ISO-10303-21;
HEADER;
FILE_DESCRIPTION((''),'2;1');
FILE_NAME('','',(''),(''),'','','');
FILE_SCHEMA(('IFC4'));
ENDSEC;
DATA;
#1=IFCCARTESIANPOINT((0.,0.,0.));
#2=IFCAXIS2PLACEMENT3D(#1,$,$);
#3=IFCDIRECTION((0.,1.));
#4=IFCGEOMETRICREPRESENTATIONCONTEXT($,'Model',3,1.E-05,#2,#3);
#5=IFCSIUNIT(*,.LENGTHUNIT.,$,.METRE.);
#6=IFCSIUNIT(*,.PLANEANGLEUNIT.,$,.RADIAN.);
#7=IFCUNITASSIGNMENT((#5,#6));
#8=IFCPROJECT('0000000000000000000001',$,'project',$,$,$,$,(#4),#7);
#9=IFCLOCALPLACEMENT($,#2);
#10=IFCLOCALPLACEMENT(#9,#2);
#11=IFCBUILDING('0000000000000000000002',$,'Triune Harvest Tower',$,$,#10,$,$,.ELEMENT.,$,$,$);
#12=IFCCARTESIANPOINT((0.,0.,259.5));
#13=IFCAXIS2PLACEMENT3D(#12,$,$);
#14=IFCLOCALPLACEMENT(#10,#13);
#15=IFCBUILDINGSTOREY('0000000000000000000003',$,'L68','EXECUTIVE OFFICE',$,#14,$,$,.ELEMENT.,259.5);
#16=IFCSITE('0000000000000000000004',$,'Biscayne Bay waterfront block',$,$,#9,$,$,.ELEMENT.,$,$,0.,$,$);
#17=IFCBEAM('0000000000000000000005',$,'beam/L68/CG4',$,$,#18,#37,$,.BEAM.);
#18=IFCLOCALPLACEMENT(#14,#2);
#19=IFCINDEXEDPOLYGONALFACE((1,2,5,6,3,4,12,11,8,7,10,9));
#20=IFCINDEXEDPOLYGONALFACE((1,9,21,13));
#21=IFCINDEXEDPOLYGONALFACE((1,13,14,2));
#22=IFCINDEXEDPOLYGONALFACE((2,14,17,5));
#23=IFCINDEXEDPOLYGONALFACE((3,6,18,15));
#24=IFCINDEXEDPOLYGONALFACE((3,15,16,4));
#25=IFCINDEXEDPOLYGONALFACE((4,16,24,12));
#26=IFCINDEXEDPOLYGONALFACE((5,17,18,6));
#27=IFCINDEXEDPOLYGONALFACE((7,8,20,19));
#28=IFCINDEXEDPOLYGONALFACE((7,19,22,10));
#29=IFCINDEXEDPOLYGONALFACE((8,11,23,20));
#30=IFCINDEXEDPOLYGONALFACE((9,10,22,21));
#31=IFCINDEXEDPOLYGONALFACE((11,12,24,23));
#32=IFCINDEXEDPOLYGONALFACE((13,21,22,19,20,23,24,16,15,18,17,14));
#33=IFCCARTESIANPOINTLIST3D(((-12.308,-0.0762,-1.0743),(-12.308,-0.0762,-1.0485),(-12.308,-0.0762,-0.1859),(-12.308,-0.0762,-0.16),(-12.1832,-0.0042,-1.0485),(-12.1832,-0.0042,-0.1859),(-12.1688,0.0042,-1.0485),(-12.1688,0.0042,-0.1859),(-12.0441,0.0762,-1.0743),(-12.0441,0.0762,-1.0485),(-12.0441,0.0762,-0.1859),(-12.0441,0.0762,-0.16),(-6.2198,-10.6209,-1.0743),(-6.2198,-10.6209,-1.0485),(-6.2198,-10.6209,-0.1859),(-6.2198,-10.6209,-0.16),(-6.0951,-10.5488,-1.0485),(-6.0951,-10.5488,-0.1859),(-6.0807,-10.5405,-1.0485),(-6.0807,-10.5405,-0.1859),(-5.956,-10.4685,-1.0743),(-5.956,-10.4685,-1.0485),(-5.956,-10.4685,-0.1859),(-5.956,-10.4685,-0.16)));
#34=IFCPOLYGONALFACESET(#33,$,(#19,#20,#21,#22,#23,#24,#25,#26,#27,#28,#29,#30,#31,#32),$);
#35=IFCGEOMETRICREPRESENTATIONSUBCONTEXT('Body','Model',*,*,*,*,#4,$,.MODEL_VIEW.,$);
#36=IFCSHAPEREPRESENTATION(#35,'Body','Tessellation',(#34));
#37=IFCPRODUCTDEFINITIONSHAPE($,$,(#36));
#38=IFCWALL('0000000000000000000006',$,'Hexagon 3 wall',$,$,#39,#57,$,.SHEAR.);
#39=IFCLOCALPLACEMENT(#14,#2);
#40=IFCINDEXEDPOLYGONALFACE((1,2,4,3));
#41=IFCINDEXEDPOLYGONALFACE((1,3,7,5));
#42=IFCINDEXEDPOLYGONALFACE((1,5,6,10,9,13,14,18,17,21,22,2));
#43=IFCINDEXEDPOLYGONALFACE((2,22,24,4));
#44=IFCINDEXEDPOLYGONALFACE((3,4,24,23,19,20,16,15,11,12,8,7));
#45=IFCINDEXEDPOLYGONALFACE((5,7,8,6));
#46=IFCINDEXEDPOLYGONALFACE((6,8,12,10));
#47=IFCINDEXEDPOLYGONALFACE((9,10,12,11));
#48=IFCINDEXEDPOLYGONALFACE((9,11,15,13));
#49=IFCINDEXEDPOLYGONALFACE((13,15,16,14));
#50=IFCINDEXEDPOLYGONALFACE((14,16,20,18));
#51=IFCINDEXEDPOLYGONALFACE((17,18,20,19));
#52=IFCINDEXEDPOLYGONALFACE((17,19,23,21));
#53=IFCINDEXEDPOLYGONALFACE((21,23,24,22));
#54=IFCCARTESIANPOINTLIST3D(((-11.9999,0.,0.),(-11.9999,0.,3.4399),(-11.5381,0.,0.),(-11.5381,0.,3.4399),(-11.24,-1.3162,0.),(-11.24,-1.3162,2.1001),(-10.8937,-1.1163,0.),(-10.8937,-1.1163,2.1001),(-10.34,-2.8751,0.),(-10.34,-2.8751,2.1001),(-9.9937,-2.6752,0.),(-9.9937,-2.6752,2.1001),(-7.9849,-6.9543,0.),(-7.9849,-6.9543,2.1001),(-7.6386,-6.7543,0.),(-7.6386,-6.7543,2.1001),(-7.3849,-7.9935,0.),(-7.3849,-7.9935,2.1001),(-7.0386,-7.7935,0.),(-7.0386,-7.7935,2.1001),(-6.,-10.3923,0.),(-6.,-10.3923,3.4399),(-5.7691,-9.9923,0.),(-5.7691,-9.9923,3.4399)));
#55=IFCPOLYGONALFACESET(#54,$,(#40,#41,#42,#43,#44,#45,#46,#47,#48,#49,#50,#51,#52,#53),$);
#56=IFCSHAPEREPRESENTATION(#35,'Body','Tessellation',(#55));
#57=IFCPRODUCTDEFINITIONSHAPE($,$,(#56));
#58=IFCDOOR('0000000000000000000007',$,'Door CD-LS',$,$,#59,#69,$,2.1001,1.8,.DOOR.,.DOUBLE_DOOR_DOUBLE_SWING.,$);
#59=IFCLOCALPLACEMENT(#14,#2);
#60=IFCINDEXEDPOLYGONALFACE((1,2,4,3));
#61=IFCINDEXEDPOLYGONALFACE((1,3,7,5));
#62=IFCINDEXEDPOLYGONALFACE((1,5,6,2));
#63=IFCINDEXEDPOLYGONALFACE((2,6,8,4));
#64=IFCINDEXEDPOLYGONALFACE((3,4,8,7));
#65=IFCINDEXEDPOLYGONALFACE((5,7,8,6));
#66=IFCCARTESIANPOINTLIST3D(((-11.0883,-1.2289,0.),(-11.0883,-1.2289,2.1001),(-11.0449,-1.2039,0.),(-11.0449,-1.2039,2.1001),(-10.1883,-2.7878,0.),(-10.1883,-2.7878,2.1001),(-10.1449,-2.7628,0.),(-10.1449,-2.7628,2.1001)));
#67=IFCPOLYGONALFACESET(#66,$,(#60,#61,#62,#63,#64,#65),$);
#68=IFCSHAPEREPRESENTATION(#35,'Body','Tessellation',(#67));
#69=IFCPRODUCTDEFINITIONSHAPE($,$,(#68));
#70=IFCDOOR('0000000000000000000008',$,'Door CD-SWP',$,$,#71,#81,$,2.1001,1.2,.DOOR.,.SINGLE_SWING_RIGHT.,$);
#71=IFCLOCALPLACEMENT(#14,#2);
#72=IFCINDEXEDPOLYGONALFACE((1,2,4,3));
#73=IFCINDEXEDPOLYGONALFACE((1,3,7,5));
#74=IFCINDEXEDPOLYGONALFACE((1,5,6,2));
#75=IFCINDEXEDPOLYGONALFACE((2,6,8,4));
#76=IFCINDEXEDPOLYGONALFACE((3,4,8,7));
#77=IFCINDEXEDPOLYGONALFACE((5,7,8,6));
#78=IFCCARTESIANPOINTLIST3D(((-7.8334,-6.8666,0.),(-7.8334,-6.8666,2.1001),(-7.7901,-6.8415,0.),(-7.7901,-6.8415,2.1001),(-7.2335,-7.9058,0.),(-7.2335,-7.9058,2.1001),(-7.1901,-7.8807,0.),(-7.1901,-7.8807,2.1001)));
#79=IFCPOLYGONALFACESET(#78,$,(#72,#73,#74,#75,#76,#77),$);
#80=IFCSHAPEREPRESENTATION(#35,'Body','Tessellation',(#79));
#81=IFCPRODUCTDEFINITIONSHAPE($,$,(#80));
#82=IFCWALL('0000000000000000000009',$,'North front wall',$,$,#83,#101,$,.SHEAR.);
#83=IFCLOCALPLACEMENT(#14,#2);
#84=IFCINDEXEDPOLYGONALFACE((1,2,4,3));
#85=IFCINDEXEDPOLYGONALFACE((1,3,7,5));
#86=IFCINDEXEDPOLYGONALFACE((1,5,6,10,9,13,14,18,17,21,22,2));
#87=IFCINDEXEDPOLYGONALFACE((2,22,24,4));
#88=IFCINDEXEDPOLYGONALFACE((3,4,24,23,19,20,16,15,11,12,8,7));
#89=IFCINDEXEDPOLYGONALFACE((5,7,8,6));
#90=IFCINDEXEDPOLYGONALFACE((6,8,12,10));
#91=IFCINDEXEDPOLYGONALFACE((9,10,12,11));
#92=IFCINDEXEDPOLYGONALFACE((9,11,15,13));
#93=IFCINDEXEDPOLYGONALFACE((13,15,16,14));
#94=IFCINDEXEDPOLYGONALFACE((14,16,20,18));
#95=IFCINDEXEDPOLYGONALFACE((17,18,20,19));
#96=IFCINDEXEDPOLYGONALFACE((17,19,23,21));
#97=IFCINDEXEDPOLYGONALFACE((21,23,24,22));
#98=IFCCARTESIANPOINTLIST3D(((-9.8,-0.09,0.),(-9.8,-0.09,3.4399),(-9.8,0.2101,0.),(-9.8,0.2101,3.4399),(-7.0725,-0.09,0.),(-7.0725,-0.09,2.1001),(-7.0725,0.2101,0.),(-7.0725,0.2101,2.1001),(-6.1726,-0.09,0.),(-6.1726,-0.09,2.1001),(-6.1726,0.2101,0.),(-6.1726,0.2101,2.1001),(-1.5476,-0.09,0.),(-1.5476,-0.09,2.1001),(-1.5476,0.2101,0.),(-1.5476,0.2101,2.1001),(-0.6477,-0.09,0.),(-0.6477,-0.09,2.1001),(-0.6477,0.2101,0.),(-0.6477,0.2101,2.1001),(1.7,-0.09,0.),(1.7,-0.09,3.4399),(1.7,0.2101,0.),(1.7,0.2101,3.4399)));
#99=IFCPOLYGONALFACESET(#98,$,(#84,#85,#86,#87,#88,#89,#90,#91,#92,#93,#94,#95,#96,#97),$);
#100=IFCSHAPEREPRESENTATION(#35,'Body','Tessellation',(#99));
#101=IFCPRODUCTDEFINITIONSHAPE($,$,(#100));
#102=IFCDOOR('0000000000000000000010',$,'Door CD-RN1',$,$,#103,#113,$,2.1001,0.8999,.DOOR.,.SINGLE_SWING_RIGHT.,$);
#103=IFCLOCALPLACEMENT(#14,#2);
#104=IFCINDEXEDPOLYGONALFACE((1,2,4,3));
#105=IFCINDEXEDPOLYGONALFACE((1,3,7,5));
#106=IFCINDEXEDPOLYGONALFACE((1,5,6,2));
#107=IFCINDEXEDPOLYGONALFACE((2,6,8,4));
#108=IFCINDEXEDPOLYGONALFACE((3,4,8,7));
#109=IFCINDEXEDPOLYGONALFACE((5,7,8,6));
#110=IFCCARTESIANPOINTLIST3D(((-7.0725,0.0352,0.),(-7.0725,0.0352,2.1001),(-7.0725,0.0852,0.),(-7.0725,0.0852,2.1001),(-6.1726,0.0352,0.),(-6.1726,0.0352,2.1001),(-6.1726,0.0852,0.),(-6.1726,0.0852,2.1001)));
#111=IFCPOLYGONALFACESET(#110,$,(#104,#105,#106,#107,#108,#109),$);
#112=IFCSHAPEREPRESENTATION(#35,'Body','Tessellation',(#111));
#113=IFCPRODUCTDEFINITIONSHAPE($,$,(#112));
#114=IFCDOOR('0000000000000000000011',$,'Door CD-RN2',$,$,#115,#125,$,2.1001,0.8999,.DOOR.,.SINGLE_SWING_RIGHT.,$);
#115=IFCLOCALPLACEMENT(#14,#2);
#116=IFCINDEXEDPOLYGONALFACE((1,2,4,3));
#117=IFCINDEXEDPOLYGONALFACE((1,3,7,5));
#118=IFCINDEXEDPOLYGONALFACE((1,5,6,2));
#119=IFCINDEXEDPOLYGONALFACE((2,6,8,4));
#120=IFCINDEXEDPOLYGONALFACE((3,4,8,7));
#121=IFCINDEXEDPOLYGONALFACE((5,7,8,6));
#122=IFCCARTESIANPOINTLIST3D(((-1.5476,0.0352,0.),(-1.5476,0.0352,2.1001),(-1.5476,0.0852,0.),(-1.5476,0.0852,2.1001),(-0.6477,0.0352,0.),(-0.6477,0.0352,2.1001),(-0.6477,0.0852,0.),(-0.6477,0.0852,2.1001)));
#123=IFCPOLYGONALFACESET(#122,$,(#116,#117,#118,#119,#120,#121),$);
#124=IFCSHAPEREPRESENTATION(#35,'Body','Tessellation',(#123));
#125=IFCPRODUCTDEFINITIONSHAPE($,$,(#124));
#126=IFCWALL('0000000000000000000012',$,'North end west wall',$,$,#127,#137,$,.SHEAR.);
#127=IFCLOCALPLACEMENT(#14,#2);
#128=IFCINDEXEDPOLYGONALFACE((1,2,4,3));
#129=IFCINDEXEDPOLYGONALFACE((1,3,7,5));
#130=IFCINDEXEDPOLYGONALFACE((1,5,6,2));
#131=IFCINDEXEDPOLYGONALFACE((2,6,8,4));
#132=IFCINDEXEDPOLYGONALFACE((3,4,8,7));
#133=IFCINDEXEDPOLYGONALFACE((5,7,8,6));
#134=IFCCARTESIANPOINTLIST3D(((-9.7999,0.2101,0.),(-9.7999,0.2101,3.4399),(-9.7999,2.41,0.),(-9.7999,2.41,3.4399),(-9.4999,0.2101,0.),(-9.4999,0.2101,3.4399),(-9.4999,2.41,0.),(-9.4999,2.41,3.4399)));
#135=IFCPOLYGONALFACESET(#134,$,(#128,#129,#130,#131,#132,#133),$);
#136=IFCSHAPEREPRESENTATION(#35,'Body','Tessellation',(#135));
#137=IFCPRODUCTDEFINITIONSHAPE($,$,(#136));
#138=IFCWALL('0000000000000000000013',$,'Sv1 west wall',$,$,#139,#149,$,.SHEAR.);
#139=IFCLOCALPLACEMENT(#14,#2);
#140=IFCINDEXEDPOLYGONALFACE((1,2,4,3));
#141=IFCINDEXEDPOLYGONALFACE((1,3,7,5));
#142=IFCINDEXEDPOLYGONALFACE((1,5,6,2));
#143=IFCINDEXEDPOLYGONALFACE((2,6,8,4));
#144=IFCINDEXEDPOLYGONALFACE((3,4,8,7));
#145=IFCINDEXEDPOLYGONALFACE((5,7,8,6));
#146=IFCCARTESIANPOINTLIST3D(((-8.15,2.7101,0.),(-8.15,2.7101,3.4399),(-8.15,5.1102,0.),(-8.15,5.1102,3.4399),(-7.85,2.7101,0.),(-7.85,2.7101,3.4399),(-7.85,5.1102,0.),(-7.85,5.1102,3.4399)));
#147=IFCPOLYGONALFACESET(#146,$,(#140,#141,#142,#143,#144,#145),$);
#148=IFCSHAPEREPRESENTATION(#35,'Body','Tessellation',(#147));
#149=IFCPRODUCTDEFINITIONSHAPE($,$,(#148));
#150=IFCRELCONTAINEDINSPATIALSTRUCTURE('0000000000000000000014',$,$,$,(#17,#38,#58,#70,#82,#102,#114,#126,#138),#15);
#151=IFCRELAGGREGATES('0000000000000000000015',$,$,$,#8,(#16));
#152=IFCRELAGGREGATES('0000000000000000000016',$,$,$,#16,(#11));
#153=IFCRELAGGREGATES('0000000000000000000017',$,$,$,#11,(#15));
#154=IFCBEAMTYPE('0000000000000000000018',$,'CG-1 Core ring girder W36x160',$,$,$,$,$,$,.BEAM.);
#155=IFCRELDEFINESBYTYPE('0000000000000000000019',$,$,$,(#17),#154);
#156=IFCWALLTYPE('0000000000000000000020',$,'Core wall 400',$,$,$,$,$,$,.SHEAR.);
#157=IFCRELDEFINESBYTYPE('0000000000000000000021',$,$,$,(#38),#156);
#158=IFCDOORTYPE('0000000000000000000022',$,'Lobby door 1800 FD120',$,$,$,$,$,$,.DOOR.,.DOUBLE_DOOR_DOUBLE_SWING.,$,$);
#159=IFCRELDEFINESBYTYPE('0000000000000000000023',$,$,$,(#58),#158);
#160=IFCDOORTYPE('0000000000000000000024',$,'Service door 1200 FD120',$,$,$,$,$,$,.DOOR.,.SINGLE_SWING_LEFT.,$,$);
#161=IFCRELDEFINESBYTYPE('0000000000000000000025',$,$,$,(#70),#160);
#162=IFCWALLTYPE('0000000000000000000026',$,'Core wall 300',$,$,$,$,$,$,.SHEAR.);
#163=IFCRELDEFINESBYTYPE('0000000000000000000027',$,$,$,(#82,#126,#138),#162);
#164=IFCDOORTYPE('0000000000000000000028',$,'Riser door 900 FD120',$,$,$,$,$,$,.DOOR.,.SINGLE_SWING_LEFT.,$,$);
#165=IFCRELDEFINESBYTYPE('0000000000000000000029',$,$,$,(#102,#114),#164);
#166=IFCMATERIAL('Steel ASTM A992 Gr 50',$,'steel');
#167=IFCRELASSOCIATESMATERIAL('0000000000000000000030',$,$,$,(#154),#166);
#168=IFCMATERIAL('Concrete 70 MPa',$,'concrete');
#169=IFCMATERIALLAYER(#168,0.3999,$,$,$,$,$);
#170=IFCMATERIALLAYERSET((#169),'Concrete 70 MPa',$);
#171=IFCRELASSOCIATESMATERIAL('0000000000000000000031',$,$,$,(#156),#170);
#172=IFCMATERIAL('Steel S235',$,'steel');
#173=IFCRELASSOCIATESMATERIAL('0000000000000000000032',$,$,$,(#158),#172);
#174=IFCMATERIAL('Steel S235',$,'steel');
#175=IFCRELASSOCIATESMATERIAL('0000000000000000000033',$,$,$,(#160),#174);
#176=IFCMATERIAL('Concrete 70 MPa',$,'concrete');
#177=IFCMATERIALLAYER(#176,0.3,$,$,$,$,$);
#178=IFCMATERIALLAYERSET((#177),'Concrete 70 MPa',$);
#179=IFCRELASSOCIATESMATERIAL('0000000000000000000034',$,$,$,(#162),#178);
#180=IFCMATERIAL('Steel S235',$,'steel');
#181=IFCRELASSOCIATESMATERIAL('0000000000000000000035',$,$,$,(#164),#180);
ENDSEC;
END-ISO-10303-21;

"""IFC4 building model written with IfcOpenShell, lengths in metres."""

from ifc_helpers import new_model, si_unit, direction, frame, frame_2d, origin, origin_2d, place, context, subcontext, project, spatial, polyline, rectangle, i_section, outline, extrude, source, transform, mapped, material, layer, layer_set, material_profile, profile_set, type_object, element, fill, save


model = new_model("IFC4")

# Units and contexts
model_context = context("Model", 3, precision=1e-05, world=origin(), true_north=direction((0.0, 1.0)))
body_context = subcontext(model_context, "Body", "Model", "MODEL_VIEW")
ifc_project = project(units=[si_unit("LENGTHUNIT", "METRE"), si_unit("PLANEANGLEUNIT", "RADIAN")], contexts=[model_context])

# Site, building, storey
site_placement = place(None, origin())
site = spatial("IfcSite", under=ifc_project, at=site_placement, Name="Biscayne Bay waterfront block", CompositionType="ELEMENT", RefElevation=0.0)
building_placement = place(site_placement, origin())
building = spatial("IfcBuilding", under=site, at=building_placement, Name="Triune Harvest Tower", CompositionType="ELEMENT")
storey_placement = place(building_placement, frame((0.0, 0.0, 259.5)))
storey = spatial("IfcBuildingStorey", under=building, at=storey_placement, Name="L68", Description="EXECUTIVE OFFICE", CompositionType="ELEMENT", Elevation=259.5)

# Beam
ifc_material_1 = material(Name="Steel ASTM A992 Gr 50", Category="steel")
ifc_material_profile = material_profile(ifc_material_1, i_section(OverallWidth=0.3047, OverallDepth=0.9143, WebThickness=0.0166, FlangeThickness=0.0259, at=origin_2d()), Name="W36x160")
ifc_profile_set = profile_set([ifc_material_profile], Name="Steel ASTM A992 Gr 50")
beam_type = type_object("IfcBeamType", Name="CG-1 Core ring girder W36x160", PredefinedType="BEAM", material=ifc_profile_set)
shared_shape_1 = source(origin(), body_context, "Body", "SweptSolid", [
    extrude(i_section(OverallWidth=0.3047, OverallDepth=0.9143, WebThickness=0.0166, FlangeThickness=0.0259, at=origin_2d()), origin(), (0.0, 0.0, 1.0), 12.176),
])
beam_placement = place(storey_placement, frame((-12.176, 0.0, -0.6172), z_axis=(0.50001, -0.86602, 0.0), x_axis=(0.86602, 0.50001, 0.0)))
element("IfcBeam", 1, at=beam_placement, inside=storey, type_object=beam_type, Name="beam/L68/CG4", PredefinedType="BEAM", context=body_context, shape_type="MappedRepresentation", body=[
    mapped(shared_shape_1, transform((0.0, 0.0, 0.0), scale=1.0)),
])

# Walls, openings, doors
ifc_material_2 = material(Name="Concrete 70 MPa", Category="concrete")
ifc_layer_1 = layer(ifc_material_2, 0.3999)
ifc_layer_set_1 = layer_set([ifc_layer_1], Name="Concrete 70 MPa")
wall_type_1 = type_object("IfcWallType", Name="Core wall 400", PredefinedType="SHEAR", material=ifc_layer_set_1)
shared_shape_2 = source(origin(), body_context, "Body", "SweptSolid", [
    extrude(outline(polyline([(-0.1155, -0.2), (11.8845, -0.2), (11.6536, 0.2), (0.1155, 0.2), (-0.1155, -0.2)])), origin(), (0.0, 0.0, 1.0), 3.4399),
])
wall_1_placement = place(storey_placement, frame((-11.769, 0.0, 0.0), z_axis=(0.0, 0.0, 1.0), x_axis=(0.499997, -0.866027, 0.0)))
wall_1 = element("IfcWall", 2, at=wall_1_placement, inside=storey, type_object=wall_type_1, Name="Hexagon 3 wall", PredefinedType="SHEAR", context=body_context, shape_type="MappedRepresentation", body=[
    mapped(shared_shape_2, transform((0.0, 0.0, 0.0), scale=1.0)),
])
opening_1_placement = place(wall_1_placement, frame((1.4045, 0.0, 0.0)))
opening_1 = element("IfcOpeningElement", 3, at=opening_1_placement, cuts=wall_1, PredefinedType="OPENING", context=body_context, shape_type="SweptSolid", body=[
    extrude(rectangle(XDim=1.8, YDim=2.1001, at=frame_2d((0.8999, 1.05))), frame((0.0, 0.21, 0.0), z_axis=(0.0, -1.0, 0.0), x_axis=(1.0, 0.0, 0.0)), (0.0, 0.0, 1.0), 0.4199),
])
opening_2_placement = place(wall_1_placement, frame((7.9146, 0.0, 0.0)))
opening_2 = element("IfcOpeningElement", 4, at=opening_2_placement, cuts=wall_1, PredefinedType="OPENING", context=body_context, shape_type="SweptSolid", body=[
    extrude(rectangle(XDim=1.2, YDim=2.1001, at=frame_2d((0.6001, 1.05))), frame((0.0, 0.21, 0.0), z_axis=(0.0, -1.0, 0.0), x_axis=(1.0, 0.0, 0.0)), (0.0, 0.0, 1.0), 0.4199),
])
ifc_material_3 = material(Name="Steel S235", Category="steel")
door_type_1 = type_object("IfcDoorType", Name="Lobby door 1800 FD120", OperationType="DOUBLE_DOOR_DOUBLE_SWING", PredefinedType="DOOR", material=ifc_material_3)
door_1_placement = place(opening_1_placement, frame((1.8, 0.0, 0.0), z_axis=(0.0, 0.0, 1.0), x_axis=(-1.0, 0.0, 0.0)))
door_1 = element("IfcDoor", 5, at=door_1_placement, inside=storey, type_object=door_type_1, Name="Door CD-LS", OperationType="DOUBLE_DOOR_DOUBLE_SWING", OverallHeight=2.1001, OverallWidth=1.8, PredefinedType="DOOR", context=body_context, shape_type="SweptSolid", body=[
    extrude(rectangle(XDim=1.8, YDim=2.1001, at=frame_2d((0.8999, 1.05))), frame((0.0, 0.0249, 0.0), z_axis=(0.0, -1.0, 0.0), x_axis=(1.0, 0.0, 0.0)), (0.0, 0.0, 1.0), 0.05),
])
fill(opening_1, door_1)
ifc_material_4 = material(Name="Steel S235", Category="steel")
door_type_2 = type_object("IfcDoorType", Name="Service door 1200 FD120", OperationType="SINGLE_SWING_LEFT", PredefinedType="DOOR", material=ifc_material_4)
door_2_placement = place(opening_2_placement, frame((1.2, 0.0, 0.0), z_axis=(0.0, 0.0, 1.0), x_axis=(-1.0, 0.0, 0.0)))
door_2 = element("IfcDoor", 6, at=door_2_placement, inside=storey, type_object=door_type_2, Name="Door CD-SWP", OperationType="SINGLE_SWING_RIGHT", OverallHeight=2.1001, OverallWidth=1.2, PredefinedType="DOOR", context=body_context, shape_type="SweptSolid", body=[
    extrude(rectangle(XDim=1.2, YDim=2.1001, at=frame_2d((0.6001, 1.05))), frame((0.0, 0.0249, 0.0), z_axis=(0.0, -1.0, 0.0), x_axis=(1.0, 0.0, 0.0)), (0.0, 0.0, 1.0), 0.05),
])
fill(opening_2, door_2)
ifc_material_5 = material(Name="Concrete 70 MPa", Category="concrete")
ifc_layer_2 = layer(ifc_material_5, 0.3)
ifc_layer_set_2 = layer_set([ifc_layer_2], Name="Concrete 70 MPa")
wall_type_2 = type_object("IfcWallType", Name="Core wall 300", PredefinedType="SHEAR", material=ifc_layer_set_2)
shared_shape_3 = source(origin(), body_context, "Body", "SweptSolid", [
    extrude(rectangle(XDim=11.5, YDim=0.3, at=frame_2d((5.75, 0.0))), origin(), (0.0, 0.0, 1.0), 3.4399),
])
wall_2_placement = place(storey_placement, frame((-9.8, 0.0601, 0.0), z_axis=(0.0, 0.0, 1.0), x_axis=(1.0, 0.0, 0.0)))
wall_2 = element("IfcWall", 7, at=wall_2_placement, inside=storey, type_object=wall_type_2, Name="North front wall", PredefinedType="SHEAR", context=body_context, shape_type="MappedRepresentation", body=[
    mapped(shared_shape_3, transform((0.0, 0.0, 0.0), scale=1.0)),
])
opening_3_placement = place(wall_2_placement, frame((2.7275, 0.0, 0.0)))
opening_3 = element("IfcOpeningElement", 8, at=opening_3_placement, cuts=wall_2, PredefinedType="OPENING", context=body_context, shape_type="SweptSolid", body=[
    extrude(rectangle(XDim=0.8999, YDim=2.1001, at=frame_2d((0.45, 1.05))), frame((0.0, 0.1602, 0.0), z_axis=(0.0, -1.0, 0.0), x_axis=(1.0, 0.0, 0.0)), (0.0, 0.0, 1.0), 0.3201),
])
opening_4_placement = place(wall_2_placement, frame((8.2524, 0.0, 0.0)))
opening_4 = element("IfcOpeningElement", 9, at=opening_4_placement, cuts=wall_2, PredefinedType="OPENING", context=body_context, shape_type="SweptSolid", body=[
    extrude(rectangle(XDim=0.8999, YDim=2.1001, at=frame_2d((0.45, 1.05))), frame((0.0, 0.1602, 0.0), z_axis=(0.0, -1.0, 0.0), x_axis=(1.0, 0.0, 0.0)), (0.0, 0.0, 1.0), 0.3201),
])
ifc_material_6 = material(Name="Steel S235", Category="steel")
door_type_3 = type_object("IfcDoorType", Name="Riser door 900 FD120", OperationType="SINGLE_SWING_LEFT", PredefinedType="DOOR", material=ifc_material_6)
door_3_placement = place(opening_3_placement, frame((0.8999, 0.0, 0.0), z_axis=(0.0, 0.0, 1.0), x_axis=(-1.0, 0.0, 0.0)))
door_3 = element("IfcDoor", 10, at=door_3_placement, inside=storey, type_object=door_type_3, Name="Door CD-RN1", OperationType="SINGLE_SWING_RIGHT", OverallHeight=2.1001, OverallWidth=0.8999, PredefinedType="DOOR", context=body_context, shape_type="SweptSolid", body=[
    extrude(rectangle(XDim=0.8999, YDim=2.1001, at=frame_2d((0.45, 1.05))), frame((0.0, 0.0249, 0.0), z_axis=(0.0, -1.0, 0.0), x_axis=(1.0, 0.0, 0.0)), (0.0, 0.0, 1.0), 0.05),
])
fill(opening_3, door_3)
door_4_placement = place(opening_4_placement, frame((0.8999, 0.0, 0.0), z_axis=(0.0, 0.0, 1.0), x_axis=(-1.0, 0.0, 0.0)))
door_4 = element("IfcDoor", 11, at=door_4_placement, inside=storey, type_object=door_type_3, Name="Door CD-RN2", OperationType="SINGLE_SWING_RIGHT", OverallHeight=2.1001, OverallWidth=0.8999, PredefinedType="DOOR", context=body_context, shape_type="SweptSolid", body=[
    extrude(rectangle(XDim=0.8999, YDim=2.1001, at=frame_2d((0.45, 1.05))), frame((0.0, 0.0249, 0.0), z_axis=(0.0, -1.0, 0.0), x_axis=(1.0, 0.0, 0.0)), (0.0, 0.0, 1.0), 0.05),
])
fill(opening_4, door_4)

# Walls
shared_shape_4 = source(origin(), body_context, "Body", "SweptSolid", [
    extrude(rectangle(XDim=2.2, YDim=0.3, at=frame_2d((1.1001, 0.0))), origin(), (0.0, 0.0, 1.0), 3.4399),
])
wall_3_placement = place(storey_placement, frame((-9.6499, 0.21, 0.0), z_axis=(0.0, 0.0, 1.0), x_axis=(0.0, 1.0, 0.0)))
element("IfcWall", 12, at=wall_3_placement, inside=storey, type_object=wall_type_2, Name="North end west wall", PredefinedType="SHEAR", context=body_context, shape_type="MappedRepresentation", body=[
    mapped(shared_shape_4, transform((0.0, 0.0, 0.0), scale=1.0)),
])
shared_shape_5 = source(origin(), body_context, "Body", "SweptSolid", [
    extrude(rectangle(XDim=2.4001, YDim=0.3, at=frame_2d((1.2002, 0.0))), origin(), (0.0, 0.0, 1.0), 3.4399),
])
wall_4_placement = place(storey_placement, frame((-8.0, 2.71, 0.0), z_axis=(0.0, 0.0, 1.0), x_axis=(0.0, 1.0, 0.0)))
element("IfcWall", 13, at=wall_4_placement, inside=storey, type_object=wall_type_2, Name="Sv1 west wall", PredefinedType="SHEAR", context=body_context, shape_type="MappedRepresentation", body=[
    mapped(shared_shape_5, transform((0.0, 0.0, 0.0), scale=1.0)),
])

save(model, "model.ifc")
